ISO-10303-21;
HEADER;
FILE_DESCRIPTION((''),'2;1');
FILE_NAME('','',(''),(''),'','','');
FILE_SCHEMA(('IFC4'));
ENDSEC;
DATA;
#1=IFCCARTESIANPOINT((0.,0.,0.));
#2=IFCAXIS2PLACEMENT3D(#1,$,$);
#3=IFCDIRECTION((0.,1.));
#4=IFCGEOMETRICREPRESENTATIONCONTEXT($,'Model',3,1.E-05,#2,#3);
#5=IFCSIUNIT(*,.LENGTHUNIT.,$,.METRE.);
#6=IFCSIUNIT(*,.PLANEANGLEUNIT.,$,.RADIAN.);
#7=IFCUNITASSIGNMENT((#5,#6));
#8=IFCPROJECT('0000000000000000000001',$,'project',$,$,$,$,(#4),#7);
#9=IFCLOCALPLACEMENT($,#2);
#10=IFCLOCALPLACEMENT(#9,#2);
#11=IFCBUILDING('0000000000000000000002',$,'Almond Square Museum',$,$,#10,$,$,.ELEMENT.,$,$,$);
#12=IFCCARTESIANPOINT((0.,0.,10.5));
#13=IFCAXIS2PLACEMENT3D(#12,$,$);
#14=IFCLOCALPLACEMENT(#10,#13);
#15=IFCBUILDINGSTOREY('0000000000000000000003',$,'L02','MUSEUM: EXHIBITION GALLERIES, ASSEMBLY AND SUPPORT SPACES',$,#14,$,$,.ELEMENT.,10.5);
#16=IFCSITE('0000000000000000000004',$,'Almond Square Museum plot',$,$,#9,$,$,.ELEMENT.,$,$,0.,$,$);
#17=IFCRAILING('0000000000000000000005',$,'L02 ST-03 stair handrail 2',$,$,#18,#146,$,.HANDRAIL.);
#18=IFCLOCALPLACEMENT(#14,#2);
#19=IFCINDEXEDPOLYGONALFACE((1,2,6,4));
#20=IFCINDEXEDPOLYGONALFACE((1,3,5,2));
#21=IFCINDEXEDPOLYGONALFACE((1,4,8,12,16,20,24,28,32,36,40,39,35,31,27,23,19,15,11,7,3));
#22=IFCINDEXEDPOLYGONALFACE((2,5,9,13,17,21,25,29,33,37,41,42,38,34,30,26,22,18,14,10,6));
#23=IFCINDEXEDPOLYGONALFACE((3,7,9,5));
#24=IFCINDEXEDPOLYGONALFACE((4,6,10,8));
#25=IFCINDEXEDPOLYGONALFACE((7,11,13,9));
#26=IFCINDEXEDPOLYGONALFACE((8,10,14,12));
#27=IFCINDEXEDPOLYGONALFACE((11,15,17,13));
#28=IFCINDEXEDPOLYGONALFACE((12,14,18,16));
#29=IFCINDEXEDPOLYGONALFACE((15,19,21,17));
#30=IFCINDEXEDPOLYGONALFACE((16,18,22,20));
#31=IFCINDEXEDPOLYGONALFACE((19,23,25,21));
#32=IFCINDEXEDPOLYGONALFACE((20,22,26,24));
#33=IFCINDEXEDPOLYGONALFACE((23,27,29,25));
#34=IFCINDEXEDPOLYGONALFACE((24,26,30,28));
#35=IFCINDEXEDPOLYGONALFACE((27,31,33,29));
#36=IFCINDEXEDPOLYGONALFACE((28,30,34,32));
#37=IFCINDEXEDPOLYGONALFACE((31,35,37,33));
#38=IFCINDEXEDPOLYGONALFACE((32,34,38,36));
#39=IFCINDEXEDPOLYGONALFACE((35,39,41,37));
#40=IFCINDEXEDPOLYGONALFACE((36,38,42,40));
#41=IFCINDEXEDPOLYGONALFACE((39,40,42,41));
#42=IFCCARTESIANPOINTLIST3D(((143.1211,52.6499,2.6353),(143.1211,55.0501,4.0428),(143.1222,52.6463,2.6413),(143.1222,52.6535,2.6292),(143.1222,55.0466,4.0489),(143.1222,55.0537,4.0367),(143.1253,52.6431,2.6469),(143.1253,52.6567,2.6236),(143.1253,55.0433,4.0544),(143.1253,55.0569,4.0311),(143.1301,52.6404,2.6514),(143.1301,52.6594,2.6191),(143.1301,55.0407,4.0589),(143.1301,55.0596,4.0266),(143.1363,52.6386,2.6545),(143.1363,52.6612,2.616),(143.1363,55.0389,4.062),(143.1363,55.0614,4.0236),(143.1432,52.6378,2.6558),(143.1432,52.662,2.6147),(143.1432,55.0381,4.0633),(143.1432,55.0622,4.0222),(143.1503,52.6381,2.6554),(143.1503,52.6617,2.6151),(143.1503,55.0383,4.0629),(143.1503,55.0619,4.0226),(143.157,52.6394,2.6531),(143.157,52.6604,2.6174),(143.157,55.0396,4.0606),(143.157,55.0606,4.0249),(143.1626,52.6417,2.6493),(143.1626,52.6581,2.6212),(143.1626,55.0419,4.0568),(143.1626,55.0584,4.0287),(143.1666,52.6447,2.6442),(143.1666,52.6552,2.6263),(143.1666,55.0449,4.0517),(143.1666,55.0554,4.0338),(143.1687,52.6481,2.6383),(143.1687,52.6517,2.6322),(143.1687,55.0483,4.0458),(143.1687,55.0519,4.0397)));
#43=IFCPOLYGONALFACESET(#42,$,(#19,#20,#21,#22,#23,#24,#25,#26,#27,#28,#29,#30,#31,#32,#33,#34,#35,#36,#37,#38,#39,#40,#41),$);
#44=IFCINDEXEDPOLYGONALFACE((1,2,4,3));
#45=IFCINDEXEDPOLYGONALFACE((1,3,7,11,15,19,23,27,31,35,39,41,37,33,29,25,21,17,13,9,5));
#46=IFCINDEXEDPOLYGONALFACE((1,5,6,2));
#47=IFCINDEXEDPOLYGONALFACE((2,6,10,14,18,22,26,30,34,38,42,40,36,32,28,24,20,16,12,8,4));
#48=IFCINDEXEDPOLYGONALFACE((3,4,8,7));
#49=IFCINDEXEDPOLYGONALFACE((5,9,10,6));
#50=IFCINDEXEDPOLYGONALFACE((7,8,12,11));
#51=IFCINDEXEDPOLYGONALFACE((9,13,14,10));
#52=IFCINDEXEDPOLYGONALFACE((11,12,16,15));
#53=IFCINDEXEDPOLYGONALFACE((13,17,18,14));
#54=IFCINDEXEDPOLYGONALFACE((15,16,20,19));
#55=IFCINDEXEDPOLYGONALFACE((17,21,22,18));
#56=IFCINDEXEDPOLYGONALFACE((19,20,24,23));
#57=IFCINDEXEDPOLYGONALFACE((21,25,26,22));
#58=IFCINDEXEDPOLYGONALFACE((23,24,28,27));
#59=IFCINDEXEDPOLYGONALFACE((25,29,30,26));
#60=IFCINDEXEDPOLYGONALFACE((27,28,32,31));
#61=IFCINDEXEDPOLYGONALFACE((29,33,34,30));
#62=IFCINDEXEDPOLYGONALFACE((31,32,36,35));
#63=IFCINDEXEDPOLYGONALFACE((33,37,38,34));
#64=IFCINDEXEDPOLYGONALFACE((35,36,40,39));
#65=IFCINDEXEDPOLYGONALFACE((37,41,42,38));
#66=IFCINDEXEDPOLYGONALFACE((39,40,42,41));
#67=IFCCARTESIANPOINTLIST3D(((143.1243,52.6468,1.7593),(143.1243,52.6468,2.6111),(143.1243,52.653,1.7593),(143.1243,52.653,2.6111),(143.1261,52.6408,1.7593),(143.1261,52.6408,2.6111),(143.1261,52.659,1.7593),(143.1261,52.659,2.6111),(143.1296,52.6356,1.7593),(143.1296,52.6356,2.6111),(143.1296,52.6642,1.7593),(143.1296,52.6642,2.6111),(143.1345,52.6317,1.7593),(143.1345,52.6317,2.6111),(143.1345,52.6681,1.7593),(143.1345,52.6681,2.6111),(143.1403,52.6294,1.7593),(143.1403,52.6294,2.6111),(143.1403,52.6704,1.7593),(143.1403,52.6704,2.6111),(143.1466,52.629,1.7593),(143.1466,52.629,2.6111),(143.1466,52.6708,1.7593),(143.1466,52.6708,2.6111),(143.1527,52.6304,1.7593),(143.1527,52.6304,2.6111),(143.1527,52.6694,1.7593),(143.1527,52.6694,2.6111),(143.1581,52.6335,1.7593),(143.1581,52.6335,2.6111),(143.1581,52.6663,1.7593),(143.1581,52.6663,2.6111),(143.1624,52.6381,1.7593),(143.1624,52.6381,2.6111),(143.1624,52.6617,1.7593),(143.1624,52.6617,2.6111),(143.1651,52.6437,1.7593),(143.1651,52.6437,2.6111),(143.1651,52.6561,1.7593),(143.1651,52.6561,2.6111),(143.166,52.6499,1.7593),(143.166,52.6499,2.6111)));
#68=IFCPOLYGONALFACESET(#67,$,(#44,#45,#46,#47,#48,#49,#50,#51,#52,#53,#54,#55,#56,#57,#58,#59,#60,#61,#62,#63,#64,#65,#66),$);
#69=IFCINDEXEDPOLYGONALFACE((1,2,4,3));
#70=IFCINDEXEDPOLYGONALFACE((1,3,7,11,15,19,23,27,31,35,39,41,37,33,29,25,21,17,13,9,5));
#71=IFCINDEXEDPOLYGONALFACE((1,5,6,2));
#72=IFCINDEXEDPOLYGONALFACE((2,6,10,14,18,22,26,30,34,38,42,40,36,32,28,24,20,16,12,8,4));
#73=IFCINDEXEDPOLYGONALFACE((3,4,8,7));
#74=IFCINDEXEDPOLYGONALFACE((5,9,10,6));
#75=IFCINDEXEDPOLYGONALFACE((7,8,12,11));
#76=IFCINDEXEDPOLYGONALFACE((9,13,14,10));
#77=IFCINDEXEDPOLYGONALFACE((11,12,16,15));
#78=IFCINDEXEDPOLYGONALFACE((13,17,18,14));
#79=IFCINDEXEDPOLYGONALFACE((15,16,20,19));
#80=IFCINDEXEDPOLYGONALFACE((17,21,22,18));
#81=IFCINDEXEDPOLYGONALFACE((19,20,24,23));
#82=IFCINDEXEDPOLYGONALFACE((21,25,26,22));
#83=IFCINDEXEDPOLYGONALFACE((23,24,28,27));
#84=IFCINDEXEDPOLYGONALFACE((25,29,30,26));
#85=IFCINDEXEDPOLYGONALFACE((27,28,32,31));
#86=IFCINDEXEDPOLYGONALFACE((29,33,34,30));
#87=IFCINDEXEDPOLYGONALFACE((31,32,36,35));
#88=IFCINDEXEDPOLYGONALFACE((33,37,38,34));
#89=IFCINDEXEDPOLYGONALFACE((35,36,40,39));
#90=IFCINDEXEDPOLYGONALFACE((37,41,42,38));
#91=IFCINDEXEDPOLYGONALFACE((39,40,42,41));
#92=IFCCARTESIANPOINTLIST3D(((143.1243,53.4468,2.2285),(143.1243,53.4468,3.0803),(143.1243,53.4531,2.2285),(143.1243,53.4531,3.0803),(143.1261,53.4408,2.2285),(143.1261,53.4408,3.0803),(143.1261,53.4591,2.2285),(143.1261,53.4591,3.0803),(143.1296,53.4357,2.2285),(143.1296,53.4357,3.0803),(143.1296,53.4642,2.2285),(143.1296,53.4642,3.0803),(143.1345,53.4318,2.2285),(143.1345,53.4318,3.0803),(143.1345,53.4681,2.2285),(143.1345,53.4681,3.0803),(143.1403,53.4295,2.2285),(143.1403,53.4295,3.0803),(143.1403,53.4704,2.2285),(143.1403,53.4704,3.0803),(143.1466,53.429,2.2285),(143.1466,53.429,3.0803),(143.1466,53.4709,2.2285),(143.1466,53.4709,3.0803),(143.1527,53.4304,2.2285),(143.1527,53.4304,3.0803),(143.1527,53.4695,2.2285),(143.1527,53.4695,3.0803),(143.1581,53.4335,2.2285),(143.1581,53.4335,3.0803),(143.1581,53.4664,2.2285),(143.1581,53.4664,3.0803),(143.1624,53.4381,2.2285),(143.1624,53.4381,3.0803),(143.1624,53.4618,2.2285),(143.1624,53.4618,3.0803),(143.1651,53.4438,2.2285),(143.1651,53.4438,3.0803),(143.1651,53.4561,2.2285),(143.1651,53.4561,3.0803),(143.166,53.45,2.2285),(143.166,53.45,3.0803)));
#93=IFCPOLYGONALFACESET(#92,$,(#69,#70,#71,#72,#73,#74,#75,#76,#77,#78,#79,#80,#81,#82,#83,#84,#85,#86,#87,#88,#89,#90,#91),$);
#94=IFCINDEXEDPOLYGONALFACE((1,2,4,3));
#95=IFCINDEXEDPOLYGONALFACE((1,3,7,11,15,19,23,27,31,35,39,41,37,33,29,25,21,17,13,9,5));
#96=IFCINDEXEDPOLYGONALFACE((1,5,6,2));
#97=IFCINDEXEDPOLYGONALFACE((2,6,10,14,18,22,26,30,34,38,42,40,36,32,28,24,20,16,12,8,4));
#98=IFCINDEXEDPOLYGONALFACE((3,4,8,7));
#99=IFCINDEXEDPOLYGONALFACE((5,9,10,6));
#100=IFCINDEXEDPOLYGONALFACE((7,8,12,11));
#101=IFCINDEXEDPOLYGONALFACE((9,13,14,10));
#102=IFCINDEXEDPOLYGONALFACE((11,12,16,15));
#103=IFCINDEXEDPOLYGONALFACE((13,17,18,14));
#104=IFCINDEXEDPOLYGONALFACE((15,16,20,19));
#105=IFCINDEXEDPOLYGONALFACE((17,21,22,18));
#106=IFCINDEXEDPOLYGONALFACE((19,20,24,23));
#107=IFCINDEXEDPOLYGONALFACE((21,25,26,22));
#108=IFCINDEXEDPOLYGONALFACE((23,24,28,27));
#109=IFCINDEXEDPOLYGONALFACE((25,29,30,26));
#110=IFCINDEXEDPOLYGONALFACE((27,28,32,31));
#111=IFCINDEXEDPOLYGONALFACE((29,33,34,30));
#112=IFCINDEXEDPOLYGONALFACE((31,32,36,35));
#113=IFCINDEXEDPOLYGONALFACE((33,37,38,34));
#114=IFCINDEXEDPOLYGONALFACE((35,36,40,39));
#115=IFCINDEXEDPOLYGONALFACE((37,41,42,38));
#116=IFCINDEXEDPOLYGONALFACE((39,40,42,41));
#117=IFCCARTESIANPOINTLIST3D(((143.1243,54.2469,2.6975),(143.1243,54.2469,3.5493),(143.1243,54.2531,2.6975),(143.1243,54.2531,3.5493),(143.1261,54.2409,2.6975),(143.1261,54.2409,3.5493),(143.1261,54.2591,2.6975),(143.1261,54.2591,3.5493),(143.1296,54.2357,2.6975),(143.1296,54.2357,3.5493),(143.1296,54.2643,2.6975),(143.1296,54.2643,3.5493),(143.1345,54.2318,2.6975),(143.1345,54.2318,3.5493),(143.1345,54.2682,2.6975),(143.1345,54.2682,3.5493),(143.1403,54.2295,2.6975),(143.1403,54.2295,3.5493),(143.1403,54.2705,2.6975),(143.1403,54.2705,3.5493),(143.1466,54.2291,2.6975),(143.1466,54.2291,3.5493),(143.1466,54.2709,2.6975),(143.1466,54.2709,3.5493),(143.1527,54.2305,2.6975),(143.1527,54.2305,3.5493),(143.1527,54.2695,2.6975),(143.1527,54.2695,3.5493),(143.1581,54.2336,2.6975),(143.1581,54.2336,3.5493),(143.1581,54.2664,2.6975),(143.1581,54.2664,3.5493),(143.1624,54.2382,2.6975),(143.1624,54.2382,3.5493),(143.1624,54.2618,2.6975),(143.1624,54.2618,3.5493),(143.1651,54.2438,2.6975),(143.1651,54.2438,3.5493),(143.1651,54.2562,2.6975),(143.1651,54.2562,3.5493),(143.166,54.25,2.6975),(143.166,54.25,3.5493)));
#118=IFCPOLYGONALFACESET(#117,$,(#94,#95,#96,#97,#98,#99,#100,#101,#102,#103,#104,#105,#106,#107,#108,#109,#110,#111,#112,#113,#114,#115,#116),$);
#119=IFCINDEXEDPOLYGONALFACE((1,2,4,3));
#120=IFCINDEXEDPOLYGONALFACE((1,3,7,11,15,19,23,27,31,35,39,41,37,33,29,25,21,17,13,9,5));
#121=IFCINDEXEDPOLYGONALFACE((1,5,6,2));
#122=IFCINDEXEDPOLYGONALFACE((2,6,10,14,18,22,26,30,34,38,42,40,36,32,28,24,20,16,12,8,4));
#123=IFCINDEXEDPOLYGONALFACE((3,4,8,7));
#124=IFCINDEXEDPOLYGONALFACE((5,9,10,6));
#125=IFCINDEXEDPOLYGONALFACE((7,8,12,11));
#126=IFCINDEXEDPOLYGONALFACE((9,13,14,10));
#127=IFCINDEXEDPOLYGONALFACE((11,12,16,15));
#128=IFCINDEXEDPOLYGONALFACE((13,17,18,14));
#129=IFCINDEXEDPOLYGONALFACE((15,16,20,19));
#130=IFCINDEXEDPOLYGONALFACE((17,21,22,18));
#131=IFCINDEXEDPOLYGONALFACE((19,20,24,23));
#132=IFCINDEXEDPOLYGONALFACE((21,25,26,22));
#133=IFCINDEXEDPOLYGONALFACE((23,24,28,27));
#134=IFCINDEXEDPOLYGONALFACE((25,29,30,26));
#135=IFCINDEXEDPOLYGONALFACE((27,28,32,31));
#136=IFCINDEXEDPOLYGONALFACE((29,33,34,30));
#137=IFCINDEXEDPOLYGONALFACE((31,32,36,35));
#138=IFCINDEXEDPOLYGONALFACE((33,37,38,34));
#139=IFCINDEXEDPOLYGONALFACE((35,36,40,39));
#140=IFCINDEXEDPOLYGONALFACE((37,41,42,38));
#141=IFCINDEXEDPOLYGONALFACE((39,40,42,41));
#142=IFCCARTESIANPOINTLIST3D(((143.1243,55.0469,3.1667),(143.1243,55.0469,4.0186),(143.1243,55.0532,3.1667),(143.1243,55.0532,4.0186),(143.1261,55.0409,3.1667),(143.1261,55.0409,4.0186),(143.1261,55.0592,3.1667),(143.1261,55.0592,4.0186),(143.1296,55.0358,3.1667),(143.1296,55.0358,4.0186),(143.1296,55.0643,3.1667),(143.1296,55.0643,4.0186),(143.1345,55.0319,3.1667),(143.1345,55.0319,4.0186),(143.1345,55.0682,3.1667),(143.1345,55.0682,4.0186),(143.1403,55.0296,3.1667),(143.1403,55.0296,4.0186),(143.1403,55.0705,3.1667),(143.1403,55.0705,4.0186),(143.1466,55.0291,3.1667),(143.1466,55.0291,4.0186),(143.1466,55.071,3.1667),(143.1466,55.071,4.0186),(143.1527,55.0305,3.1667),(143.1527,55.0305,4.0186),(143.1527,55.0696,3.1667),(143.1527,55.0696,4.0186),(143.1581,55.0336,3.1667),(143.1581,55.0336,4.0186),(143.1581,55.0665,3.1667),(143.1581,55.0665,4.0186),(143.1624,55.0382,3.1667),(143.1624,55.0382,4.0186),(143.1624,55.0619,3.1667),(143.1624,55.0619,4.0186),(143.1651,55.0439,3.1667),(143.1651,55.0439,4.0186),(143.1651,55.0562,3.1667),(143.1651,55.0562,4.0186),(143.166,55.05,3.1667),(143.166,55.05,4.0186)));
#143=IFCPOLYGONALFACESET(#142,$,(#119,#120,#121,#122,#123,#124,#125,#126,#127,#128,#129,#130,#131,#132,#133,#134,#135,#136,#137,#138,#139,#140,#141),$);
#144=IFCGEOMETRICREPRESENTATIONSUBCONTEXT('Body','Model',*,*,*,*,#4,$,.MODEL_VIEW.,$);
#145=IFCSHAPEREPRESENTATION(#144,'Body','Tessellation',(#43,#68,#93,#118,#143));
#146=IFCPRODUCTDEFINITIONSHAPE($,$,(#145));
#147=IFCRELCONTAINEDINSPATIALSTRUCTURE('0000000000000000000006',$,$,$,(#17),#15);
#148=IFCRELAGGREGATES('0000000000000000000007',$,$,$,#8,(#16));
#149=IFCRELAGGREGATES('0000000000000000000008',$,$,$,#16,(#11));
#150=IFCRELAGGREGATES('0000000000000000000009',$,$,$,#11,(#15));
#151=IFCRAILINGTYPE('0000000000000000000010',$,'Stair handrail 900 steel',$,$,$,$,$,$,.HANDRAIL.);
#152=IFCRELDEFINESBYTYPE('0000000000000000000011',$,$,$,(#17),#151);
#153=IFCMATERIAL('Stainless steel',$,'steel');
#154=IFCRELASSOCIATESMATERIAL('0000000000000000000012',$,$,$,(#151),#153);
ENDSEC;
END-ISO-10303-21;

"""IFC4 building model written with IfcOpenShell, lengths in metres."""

from ifc_helpers import new_model, si_unit, direction, frame, origin, origin_2d, place, context, subcontext, project, spatial, circle, extrude, material, type_object, element, save


model = new_model("IFC4")

# Units and contexts
model_context = context("Model", 3, precision=1e-05, world=origin(), true_north=direction((0.0, 1.0)))
body_context = subcontext(model_context, "Body", "Model", "MODEL_VIEW")
ifc_project = project(units=[si_unit("LENGTHUNIT", "METRE"), si_unit("PLANEANGLEUNIT", "RADIAN")], contexts=[model_context])

# Site, building, storey
site_placement = place(None, origin())
site = spatial("IfcSite", under=ifc_project, at=site_placement, Name="Almond Square Museum plot", CompositionType="ELEMENT", RefElevation=0.0)
building_placement = place(site_placement, origin())
building = spatial("IfcBuilding", under=site, at=building_placement, Name="Almond Square Museum", CompositionType="ELEMENT")
storey_placement = place(building_placement, frame((0.0, 0.0, 10.5)))
storey = spatial("IfcBuildingStorey", under=building, at=storey_placement, Name="L02", Description="MUSEUM: EXHIBITION GALLERIES, ASSEMBLY AND SUPPORT SPACES", CompositionType="ELEMENT", Elevation=10.5)

# Railing
ifc_material_1 = material(Name="Stainless steel", Category="steel")
railing_type_1 = type_object("IfcRailingType", Name="Stair handrail 900 steel", PredefinedType="HANDRAIL", material=ifc_material_1)
railing_1_placement = place(storey_placement, frame((143.145, 52.6499, 1.7593)))
element("IfcRailing", 1, at=railing_1_placement, inside=storey, type_object=railing_type_1, Name="L02 ST-03 stair handrail 2", PredefinedType="HANDRAIL", context=body_context, shape_type="SweptSolid", body=[
    extrude(circle(Radius=0.0239, at=origin_2d()), frame((0.0, 0.0, 0.876), z_axis=(0.0, 0.862621, 0.50585), x_axis=(-1.0, 0.0, 0.0)), (0.0, 0.0, 1.0), 2.7825),
    extrude(circle(Radius=0.021, at=origin_2d()), origin(), (0.0, 0.0, 1.0), 0.8518),
    extrude(circle(Radius=0.021, at=origin_2d()), frame((0.0, 0.8, 0.4692)), (0.0, 0.0, 1.0), 0.8518),
    extrude(circle(Radius=0.021, at=origin_2d()), frame((0.0, 1.6001, 0.9382)), (0.0, 0.0, 1.0), 0.8518),
    extrude(circle(Radius=0.021, at=origin_2d()), frame((0.0, 2.4001, 1.4075)), (0.0, 0.0, 1.0), 0.8518),
])

save(model, "model.ifc")
